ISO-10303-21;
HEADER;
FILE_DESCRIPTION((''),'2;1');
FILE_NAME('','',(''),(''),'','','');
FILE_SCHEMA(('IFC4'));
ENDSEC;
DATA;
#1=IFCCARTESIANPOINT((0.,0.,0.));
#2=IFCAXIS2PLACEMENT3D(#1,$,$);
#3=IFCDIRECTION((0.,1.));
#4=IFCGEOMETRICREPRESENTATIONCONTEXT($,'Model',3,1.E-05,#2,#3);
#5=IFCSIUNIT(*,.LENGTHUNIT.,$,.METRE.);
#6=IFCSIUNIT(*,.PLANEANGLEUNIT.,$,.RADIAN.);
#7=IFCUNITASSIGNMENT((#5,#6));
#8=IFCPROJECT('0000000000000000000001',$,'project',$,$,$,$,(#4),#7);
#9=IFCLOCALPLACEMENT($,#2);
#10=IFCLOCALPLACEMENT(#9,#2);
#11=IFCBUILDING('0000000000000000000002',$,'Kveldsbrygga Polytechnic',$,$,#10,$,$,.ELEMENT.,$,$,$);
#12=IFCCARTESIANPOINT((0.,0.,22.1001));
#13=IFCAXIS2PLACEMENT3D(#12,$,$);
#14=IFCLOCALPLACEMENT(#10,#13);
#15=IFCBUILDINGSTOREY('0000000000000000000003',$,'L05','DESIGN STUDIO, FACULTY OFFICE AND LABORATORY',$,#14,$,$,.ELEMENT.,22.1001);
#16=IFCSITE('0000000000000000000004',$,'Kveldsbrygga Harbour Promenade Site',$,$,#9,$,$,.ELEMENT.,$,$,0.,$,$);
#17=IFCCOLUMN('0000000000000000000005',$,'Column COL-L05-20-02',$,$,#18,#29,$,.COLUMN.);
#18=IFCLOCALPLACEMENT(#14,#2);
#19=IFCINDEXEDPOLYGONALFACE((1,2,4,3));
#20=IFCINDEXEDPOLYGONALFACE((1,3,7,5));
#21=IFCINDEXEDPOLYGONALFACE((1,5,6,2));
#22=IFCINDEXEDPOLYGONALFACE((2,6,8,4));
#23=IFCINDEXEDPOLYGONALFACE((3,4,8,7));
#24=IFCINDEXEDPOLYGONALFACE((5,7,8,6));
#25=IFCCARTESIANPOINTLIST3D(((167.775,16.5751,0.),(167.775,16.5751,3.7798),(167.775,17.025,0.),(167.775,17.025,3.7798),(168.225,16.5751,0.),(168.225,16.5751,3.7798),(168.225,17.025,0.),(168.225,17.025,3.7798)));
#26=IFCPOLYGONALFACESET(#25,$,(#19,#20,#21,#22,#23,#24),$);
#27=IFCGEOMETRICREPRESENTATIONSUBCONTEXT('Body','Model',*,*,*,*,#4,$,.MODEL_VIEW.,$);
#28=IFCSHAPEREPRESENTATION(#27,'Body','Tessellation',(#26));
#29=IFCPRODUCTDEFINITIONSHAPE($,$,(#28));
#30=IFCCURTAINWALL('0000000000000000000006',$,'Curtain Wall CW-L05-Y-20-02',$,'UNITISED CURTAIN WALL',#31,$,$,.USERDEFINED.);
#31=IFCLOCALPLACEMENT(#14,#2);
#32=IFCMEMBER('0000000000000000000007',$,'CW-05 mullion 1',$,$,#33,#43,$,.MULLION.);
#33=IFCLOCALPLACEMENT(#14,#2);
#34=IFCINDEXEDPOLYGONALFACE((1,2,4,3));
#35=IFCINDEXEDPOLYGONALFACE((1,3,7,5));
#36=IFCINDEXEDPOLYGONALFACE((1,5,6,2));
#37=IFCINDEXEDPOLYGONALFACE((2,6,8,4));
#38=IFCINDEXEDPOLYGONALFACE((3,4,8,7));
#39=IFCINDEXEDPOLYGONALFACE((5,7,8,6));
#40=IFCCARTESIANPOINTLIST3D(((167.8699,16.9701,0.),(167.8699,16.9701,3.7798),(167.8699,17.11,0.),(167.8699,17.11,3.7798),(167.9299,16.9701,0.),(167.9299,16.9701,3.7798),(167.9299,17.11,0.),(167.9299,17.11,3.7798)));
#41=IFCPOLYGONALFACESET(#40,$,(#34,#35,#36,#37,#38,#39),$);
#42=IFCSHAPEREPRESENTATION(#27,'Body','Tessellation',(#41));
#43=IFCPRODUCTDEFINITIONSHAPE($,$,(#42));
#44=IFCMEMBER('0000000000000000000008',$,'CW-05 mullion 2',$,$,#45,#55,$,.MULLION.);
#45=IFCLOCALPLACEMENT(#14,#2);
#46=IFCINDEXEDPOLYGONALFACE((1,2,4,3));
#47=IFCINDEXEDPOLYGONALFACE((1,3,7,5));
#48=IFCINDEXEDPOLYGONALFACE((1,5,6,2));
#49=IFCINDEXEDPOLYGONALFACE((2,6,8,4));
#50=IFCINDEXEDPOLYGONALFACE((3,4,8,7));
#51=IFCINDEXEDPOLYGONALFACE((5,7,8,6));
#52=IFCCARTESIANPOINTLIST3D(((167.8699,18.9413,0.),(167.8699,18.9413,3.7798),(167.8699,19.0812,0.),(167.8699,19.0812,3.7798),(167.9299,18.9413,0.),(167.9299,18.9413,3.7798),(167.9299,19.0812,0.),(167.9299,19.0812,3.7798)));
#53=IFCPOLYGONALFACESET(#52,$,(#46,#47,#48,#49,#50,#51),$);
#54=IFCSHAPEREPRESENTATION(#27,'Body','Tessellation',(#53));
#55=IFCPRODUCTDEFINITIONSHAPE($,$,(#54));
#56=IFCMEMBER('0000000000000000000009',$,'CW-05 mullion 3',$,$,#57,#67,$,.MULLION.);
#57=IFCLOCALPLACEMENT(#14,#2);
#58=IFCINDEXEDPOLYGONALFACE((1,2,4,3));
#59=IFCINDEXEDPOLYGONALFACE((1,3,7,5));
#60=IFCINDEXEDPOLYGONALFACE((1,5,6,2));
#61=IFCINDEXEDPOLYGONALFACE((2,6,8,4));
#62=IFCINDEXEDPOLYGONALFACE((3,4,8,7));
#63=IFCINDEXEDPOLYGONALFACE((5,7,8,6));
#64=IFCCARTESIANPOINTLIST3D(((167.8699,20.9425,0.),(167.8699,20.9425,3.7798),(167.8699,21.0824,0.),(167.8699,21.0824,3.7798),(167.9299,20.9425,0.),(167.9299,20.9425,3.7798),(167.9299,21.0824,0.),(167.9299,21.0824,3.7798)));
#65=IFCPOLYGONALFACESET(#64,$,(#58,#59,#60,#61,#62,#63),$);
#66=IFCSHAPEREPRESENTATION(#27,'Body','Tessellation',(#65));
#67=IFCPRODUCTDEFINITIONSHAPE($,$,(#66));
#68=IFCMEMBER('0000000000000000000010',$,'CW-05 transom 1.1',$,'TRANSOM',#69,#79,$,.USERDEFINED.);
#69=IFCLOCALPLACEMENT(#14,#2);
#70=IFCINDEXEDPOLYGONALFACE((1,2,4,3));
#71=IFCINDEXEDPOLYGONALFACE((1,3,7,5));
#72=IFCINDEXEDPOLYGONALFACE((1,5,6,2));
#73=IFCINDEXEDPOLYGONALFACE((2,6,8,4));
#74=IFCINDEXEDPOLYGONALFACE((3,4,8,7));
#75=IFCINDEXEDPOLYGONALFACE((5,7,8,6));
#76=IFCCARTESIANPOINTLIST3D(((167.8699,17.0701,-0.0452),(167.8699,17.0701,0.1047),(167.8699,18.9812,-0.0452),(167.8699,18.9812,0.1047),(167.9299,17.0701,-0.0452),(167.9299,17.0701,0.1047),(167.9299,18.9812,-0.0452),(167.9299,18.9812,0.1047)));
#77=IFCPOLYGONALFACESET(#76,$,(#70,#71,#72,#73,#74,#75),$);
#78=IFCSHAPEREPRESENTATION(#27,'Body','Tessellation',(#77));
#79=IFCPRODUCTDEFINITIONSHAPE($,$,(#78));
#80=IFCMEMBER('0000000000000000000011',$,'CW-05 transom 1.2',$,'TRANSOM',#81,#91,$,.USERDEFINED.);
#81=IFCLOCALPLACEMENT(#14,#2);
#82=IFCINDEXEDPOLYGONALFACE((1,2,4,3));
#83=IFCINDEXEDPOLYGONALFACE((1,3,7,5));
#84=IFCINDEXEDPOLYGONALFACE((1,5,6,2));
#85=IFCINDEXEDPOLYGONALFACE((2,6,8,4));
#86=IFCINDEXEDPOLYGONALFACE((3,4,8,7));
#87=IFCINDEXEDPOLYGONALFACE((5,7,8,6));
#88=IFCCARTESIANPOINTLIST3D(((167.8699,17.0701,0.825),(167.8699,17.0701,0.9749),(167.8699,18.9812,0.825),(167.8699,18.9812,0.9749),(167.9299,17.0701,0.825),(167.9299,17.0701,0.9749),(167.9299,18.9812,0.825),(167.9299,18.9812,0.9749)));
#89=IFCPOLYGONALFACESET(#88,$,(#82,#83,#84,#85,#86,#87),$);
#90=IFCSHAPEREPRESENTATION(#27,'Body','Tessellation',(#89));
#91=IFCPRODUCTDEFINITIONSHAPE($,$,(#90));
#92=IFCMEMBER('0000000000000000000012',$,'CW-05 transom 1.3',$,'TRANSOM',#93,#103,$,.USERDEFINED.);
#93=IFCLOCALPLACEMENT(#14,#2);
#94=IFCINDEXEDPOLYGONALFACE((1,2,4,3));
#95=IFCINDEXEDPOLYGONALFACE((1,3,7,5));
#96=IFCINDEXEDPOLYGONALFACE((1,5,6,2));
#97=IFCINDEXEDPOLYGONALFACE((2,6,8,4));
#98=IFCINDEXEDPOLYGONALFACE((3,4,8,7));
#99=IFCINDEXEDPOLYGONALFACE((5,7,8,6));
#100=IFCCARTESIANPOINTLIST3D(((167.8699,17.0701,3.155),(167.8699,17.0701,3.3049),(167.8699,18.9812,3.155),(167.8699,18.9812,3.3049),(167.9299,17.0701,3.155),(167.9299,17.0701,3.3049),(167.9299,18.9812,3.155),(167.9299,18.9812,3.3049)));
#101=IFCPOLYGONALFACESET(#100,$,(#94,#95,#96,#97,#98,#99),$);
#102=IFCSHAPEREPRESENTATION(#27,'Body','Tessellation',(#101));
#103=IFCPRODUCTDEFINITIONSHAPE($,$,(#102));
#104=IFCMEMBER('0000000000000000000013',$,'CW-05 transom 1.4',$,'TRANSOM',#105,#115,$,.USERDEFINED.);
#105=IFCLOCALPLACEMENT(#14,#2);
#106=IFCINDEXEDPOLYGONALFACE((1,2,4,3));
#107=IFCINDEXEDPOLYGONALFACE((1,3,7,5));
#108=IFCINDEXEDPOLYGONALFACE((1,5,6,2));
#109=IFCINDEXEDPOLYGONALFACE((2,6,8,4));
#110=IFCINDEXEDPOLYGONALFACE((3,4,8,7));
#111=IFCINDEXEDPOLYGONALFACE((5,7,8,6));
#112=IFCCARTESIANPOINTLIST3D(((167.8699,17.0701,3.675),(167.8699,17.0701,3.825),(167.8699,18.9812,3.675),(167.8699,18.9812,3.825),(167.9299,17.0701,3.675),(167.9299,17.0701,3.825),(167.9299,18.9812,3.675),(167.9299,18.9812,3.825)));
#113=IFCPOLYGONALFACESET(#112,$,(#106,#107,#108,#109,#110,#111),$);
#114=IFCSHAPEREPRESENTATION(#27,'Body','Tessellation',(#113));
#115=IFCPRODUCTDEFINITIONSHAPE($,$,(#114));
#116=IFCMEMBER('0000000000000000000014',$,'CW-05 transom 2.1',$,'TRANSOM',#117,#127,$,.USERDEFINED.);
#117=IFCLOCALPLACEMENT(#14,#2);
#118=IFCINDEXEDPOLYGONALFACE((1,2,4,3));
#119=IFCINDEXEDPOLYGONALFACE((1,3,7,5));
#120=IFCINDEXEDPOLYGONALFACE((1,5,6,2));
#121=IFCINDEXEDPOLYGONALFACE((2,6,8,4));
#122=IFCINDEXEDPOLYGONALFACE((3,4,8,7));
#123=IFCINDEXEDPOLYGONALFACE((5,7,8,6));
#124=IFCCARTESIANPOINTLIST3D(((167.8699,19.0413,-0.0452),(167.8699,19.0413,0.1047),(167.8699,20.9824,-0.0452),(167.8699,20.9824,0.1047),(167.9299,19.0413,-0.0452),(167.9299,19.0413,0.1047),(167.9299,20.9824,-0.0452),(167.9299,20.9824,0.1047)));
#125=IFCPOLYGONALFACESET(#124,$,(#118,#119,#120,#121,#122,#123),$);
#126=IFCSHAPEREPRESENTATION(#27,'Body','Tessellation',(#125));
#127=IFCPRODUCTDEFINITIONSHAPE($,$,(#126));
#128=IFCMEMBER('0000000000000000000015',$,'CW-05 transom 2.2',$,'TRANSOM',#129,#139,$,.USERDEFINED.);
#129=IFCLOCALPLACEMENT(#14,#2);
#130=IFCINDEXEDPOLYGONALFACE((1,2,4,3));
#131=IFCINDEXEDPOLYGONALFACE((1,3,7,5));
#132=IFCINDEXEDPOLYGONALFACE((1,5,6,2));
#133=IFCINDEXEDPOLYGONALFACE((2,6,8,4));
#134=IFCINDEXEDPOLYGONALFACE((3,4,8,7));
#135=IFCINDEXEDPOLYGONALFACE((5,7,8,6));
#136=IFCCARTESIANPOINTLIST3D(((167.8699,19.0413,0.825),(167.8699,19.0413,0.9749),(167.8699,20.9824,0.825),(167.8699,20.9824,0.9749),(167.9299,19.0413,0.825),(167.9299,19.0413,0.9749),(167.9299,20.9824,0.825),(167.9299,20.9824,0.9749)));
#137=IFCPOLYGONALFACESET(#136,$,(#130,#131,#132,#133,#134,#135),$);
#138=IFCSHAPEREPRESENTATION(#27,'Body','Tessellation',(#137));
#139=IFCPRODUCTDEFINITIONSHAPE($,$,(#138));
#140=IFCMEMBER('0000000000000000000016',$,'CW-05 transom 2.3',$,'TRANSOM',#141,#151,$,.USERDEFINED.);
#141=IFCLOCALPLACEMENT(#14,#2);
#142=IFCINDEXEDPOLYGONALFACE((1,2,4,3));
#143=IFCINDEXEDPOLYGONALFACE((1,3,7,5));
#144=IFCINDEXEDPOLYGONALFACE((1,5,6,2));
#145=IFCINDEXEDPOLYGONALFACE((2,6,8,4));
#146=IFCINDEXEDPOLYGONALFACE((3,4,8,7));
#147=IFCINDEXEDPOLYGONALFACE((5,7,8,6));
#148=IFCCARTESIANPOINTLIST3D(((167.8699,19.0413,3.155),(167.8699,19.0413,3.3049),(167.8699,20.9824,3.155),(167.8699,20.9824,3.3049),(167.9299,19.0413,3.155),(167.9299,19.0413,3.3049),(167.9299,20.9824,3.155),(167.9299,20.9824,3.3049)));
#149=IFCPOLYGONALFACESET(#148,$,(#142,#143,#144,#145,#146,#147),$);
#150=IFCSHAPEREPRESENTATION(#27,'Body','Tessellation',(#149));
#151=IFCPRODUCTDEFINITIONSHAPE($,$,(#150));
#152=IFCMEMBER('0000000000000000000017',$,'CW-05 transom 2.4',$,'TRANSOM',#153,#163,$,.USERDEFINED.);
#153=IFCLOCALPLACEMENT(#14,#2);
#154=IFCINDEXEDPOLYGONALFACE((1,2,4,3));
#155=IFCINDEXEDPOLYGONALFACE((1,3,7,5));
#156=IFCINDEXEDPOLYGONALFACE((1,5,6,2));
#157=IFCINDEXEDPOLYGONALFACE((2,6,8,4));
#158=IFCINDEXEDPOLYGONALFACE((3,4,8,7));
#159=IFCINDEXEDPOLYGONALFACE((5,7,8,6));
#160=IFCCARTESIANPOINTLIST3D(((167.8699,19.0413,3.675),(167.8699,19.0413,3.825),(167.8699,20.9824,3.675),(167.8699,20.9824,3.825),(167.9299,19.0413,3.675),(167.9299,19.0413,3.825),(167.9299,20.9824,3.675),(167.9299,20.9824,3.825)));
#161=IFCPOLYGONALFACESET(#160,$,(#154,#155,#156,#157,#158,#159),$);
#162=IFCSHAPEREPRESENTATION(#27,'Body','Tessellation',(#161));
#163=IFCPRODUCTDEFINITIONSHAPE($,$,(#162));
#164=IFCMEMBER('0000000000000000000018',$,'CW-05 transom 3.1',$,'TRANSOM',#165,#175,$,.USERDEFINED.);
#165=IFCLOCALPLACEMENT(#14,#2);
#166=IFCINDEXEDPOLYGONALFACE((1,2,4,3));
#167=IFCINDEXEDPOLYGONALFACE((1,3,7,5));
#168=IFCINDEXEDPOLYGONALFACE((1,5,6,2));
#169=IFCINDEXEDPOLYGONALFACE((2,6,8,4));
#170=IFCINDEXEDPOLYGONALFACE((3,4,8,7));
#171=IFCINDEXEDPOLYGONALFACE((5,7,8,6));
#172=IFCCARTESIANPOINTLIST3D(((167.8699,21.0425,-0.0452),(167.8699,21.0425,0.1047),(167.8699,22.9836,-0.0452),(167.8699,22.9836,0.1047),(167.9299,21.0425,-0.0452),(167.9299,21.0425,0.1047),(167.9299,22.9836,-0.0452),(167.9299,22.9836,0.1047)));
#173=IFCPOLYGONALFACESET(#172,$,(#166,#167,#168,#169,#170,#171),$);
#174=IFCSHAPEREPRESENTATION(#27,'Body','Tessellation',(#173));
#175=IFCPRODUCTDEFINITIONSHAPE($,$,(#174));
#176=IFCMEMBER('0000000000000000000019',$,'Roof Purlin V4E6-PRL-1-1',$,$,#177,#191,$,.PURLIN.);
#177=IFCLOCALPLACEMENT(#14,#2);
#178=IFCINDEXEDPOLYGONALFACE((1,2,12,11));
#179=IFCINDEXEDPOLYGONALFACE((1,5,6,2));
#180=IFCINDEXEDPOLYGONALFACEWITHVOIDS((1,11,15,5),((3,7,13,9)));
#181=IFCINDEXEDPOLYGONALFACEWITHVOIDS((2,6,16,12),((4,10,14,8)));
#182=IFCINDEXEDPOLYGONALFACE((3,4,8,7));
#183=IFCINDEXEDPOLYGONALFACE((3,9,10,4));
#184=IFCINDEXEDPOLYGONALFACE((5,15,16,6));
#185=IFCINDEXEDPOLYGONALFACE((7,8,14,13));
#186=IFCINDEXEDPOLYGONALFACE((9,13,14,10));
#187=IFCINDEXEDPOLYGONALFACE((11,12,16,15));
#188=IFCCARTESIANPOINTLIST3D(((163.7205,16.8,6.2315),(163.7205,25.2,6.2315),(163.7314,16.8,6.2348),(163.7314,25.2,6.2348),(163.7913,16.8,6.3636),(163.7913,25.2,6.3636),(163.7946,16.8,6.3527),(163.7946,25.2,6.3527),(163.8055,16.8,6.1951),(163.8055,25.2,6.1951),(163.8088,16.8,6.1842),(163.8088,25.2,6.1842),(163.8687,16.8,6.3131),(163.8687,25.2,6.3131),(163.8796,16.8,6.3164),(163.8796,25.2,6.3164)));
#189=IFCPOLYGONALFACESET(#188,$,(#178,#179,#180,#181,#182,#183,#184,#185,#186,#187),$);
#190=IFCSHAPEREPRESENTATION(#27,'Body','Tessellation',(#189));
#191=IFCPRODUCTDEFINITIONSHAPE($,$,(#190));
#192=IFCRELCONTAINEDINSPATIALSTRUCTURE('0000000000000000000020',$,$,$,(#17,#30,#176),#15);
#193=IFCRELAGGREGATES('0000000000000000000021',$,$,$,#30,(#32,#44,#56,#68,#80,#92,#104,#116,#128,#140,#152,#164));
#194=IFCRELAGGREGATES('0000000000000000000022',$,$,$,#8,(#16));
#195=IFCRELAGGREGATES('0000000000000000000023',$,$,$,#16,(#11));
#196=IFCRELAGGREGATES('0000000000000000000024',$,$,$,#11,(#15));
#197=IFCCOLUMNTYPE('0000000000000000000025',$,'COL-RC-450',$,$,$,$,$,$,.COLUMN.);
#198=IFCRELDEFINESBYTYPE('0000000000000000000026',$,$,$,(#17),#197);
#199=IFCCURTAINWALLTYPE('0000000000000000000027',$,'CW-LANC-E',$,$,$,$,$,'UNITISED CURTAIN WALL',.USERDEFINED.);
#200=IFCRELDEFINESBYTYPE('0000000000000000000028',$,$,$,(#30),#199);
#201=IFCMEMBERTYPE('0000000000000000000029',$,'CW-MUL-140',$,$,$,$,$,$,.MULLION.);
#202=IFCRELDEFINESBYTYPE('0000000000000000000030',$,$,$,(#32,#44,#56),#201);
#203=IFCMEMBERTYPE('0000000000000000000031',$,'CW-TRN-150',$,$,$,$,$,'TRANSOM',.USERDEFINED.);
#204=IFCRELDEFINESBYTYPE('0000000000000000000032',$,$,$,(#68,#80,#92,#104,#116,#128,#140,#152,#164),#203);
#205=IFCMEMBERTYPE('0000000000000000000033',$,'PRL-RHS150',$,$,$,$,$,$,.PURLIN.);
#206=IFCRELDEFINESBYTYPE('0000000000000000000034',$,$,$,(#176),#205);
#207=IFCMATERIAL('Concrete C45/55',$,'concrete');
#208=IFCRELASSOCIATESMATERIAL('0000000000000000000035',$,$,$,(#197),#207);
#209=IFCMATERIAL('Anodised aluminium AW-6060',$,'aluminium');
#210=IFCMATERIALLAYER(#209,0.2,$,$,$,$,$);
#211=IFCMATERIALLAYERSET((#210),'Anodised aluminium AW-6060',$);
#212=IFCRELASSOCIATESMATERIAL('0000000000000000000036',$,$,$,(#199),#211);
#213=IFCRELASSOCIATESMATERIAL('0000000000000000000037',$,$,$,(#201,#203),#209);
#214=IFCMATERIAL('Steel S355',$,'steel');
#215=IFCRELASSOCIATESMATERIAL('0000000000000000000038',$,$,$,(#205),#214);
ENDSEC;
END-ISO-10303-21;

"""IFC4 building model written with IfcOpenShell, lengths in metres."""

from ifc_helpers import new_model, si_unit, direction, frame, origin, origin_2d, place, context, subcontext, project, spatial, rectangle, hollow_rectangle, extrude, material, layer, layer_set, material_profile, profile_set, type_object, element, aggregate, save


model = new_model("IFC4")

# Units and contexts
model_context = context("Model", 3, precision=1e-05, world=origin(), true_north=direction((0.0, 1.0)))
body_context = subcontext(model_context, "Body", "Model", "MODEL_VIEW")
ifc_project = project(units=[si_unit("LENGTHUNIT", "METRE"), si_unit("PLANEANGLEUNIT", "RADIAN")], contexts=[model_context])

# Site, building, storey
site_placement = place(None, origin())
site = spatial("IfcSite", under=ifc_project, at=site_placement, Name="Kveldsbrygga Harbour Promenade Site", CompositionType="ELEMENT", RefElevation=0.0)
building_placement = place(site_placement, origin())
building = spatial("IfcBuilding", under=site, at=building_placement, Name="Kveldsbrygga Polytechnic", CompositionType="ELEMENT")
storey_placement = place(building_placement, frame((0.0, 0.0, 22.1001)))
storey = spatial("IfcBuildingStorey", under=building, at=storey_placement, Name="L05", Description="DESIGN STUDIO, FACULTY OFFICE AND LABORATORY", CompositionType="ELEMENT", Elevation=22.1001)

# Column
ifc_material_1 = material(Name="Concrete C45/55", Category="concrete")
ifc_material_profile_1 = material_profile(ifc_material_1, rectangle(XDim=0.45, YDim=0.45, at=origin_2d()), Name="RC 450x450")
ifc_profile_set_1 = profile_set([ifc_material_profile_1], Name="Concrete C45/55")
column_type = type_object("IfcColumnType", Name="COL-RC-450", PredefinedType="COLUMN", material=ifc_profile_set_1)
column_placement = place(storey_placement, frame((168.0, 16.8, 0.0), z_axis=(0.0, 0.0, 1.0), x_axis=(1.0, 0.0, 0.0)))
element("IfcColumn", 1, at=column_placement, inside=storey, type_object=column_type, Name="Column COL-L05-20-02", PredefinedType="COLUMN", context=body_context, shape_type="SweptSolid", body=[
    extrude(rectangle(XDim=0.45, YDim=0.45, at=origin_2d()), origin(), (0.0, 0.0, 1.0), 3.7798),
])

# Curtain wall, members
ifc_material_2 = material(Name="Anodised aluminium AW-6060", Category="aluminium")
ifc_layer_1 = layer(ifc_material_2, 0.2)
ifc_layer_set_1 = layer_set([ifc_layer_1], Name="Anodised aluminium AW-6060")
curtain_wall_type = type_object("IfcCurtainWallType", Name="CW-LANC-E", ElementType="UNITISED CURTAIN WALL", PredefinedType="USERDEFINED", material=ifc_layer_set_1)
curtain_wall_placement = place(storey_placement, origin())
curtain_wall = element("IfcCurtainWall", 2, at=curtain_wall_placement, inside=storey, type_object=curtain_wall_type, Name="Curtain Wall CW-L05-Y-20-02", ObjectType="UNITISED CURTAIN WALL", PredefinedType="USERDEFINED")
ifc_material_profile_2 = material_profile(ifc_material_2, rectangle(XDim=0.0601, YDim=0.1399, at=origin_2d()), Name="ALU 60x140")
ifc_profile_set_2 = profile_set([ifc_material_profile_2], Name="Anodised aluminium AW-6060")
member_type_1 = type_object("IfcMemberType", Name="CW-MUL-140", PredefinedType="MULLION", material=ifc_profile_set_2)
member_1_placement = place(storey_placement, frame((167.8999, 17.04, 0.0), z_axis=(0.0, 0.0, 1.0), x_axis=(-1.0, 0.0, 0.0)))
member_1 = element("IfcMember", 3, at=member_1_placement, type_object=member_type_1, Name="CW-05 mullion 1", PredefinedType="MULLION", context=body_context, shape_type="SweptSolid", body=[
    extrude(rectangle(XDim=0.0601, YDim=0.1399, at=origin_2d()), origin(), (0.0, 0.0, 1.0), 3.7798),
])
member_2_placement = place(storey_placement, frame((167.8999, 19.0112, 0.0), z_axis=(0.0, 0.0, 1.0), x_axis=(-1.0, 0.0, 0.0)))
member_2 = element("IfcMember", 4, at=member_2_placement, type_object=member_type_1, Name="CW-05 mullion 2", PredefinedType="MULLION", context=body_context, shape_type="SweptSolid", body=[
    extrude(rectangle(XDim=0.0601, YDim=0.1399, at=origin_2d()), origin(), (0.0, 0.0, 1.0), 3.7798),
])
member_3_placement = place(storey_placement, frame((167.8999, 21.0125, 0.0), z_axis=(0.0, 0.0, 1.0), x_axis=(-1.0, 0.0, 0.0)))
member_3 = element("IfcMember", 5, at=member_3_placement, type_object=member_type_1, Name="CW-05 mullion 3", PredefinedType="MULLION", context=body_context, shape_type="SweptSolid", body=[
    extrude(rectangle(XDim=0.0601, YDim=0.1399, at=origin_2d()), origin(), (0.0, 0.0, 1.0), 3.7798),
])
ifc_material_profile_3 = material_profile(ifc_material_2, rectangle(XDim=0.0601, YDim=0.1499, at=origin_2d()), Name="ALU 60x150")
ifc_profile_set_3 = profile_set([ifc_material_profile_3], Name="Anodised aluminium AW-6060")
member_type_2 = type_object("IfcMemberType", Name="CW-TRN-150", ElementType="TRANSOM", PredefinedType="USERDEFINED", material=ifc_profile_set_3)
member_4_placement = place(storey_placement, frame((167.8999, 17.0701, 0.0298), z_axis=(0.0, 1.0, 0.0), x_axis=(-1.0, 0.0, 0.0)))
member_4 = element("IfcMember", 6, at=member_4_placement, type_object=member_type_2, Name="CW-05 transom 1.1", ObjectType="TRANSOM", PredefinedType="USERDEFINED", context=body_context, shape_type="SweptSolid", body=[
    extrude(rectangle(XDim=0.0601, YDim=0.1499, at=origin_2d()), origin(), (0.0, 0.0, 1.0), 1.9111),
])
member_5_placement = place(storey_placement, frame((167.8999, 17.0701, 0.8999), z_axis=(0.0, 1.0, 0.0), x_axis=(-1.0, 0.0, 0.0)))
member_5 = element("IfcMember", 7, at=member_5_placement, type_object=member_type_2, Name="CW-05 transom 1.2", ObjectType="TRANSOM", PredefinedType="USERDEFINED", context=body_context, shape_type="SweptSolid", body=[
    extrude(rectangle(XDim=0.0601, YDim=0.1499, at=origin_2d()), origin(), (0.0, 0.0, 1.0), 1.9111),
])
member_6_placement = place(storey_placement, frame((167.8999, 17.0701, 3.23), z_axis=(0.0, 1.0, 0.0), x_axis=(-1.0, 0.0, 0.0)))
member_6 = element("IfcMember", 8, at=member_6_placement, type_object=member_type_2, Name="CW-05 transom 1.3", ObjectType="TRANSOM", PredefinedType="USERDEFINED", context=body_context, shape_type="SweptSolid", body=[
    extrude(rectangle(XDim=0.0601, YDim=0.1499, at=origin_2d()), origin(), (0.0, 0.0, 1.0), 1.9111),
])
member_7_placement = place(storey_placement, frame((167.8999, 17.0701, 3.75), z_axis=(0.0, 1.0, 0.0), x_axis=(-1.0, 0.0, 0.0)))
member_7 = element("IfcMember", 9, at=member_7_placement, type_object=member_type_2, Name="CW-05 transom 1.4", ObjectType="TRANSOM", PredefinedType="USERDEFINED", context=body_context, shape_type="SweptSolid", body=[
    extrude(rectangle(XDim=0.0601, YDim=0.1499, at=origin_2d()), origin(), (0.0, 0.0, 1.0), 1.9111),
])
member_8_placement = place(storey_placement, frame((167.8999, 19.0413, 0.0298), z_axis=(0.0, 1.0, 0.0), x_axis=(-1.0, 0.0, 0.0)))
member_8 = element("IfcMember", 10, at=member_8_placement, type_object=member_type_2, Name="CW-05 transom 2.1", ObjectType="TRANSOM", PredefinedType="USERDEFINED", context=body_context, shape_type="SweptSolid", body=[
    extrude(rectangle(XDim=0.0601, YDim=0.1499, at=origin_2d()), origin(), (0.0, 0.0, 1.0), 1.9412),
])
member_9_placement = place(storey_placement, frame((167.8999, 19.0413, 0.8999), z_axis=(0.0, 1.0, 0.0), x_axis=(-1.0, 0.0, 0.0)))
member_9 = element("IfcMember", 11, at=member_9_placement, type_object=member_type_2, Name="CW-05 transom 2.2", ObjectType="TRANSOM", PredefinedType="USERDEFINED", context=body_context, shape_type="SweptSolid", body=[
    extrude(rectangle(XDim=0.0601, YDim=0.1499, at=origin_2d()), origin(), (0.0, 0.0, 1.0), 1.9412),
])
member_10_placement = place(storey_placement, frame((167.8999, 19.0413, 3.23), z_axis=(0.0, 1.0, 0.0), x_axis=(-1.0, 0.0, 0.0)))
member_10 = element("IfcMember", 12, at=member_10_placement, type_object=member_type_2, Name="CW-05 transom 2.3", ObjectType="TRANSOM", PredefinedType="USERDEFINED", context=body_context, shape_type="SweptSolid", body=[
    extrude(rectangle(XDim=0.0601, YDim=0.1499, at=origin_2d()), origin(), (0.0, 0.0, 1.0), 1.9412),
])
member_11_placement = place(storey_placement, frame((167.8999, 19.0413, 3.75), z_axis=(0.0, 1.0, 0.0), x_axis=(-1.0, 0.0, 0.0)))
member_11 = element("IfcMember", 13, at=member_11_placement, type_object=member_type_2, Name="CW-05 transom 2.4", ObjectType="TRANSOM", PredefinedType="USERDEFINED", context=body_context, shape_type="SweptSolid", body=[
    extrude(rectangle(XDim=0.0601, YDim=0.1499, at=origin_2d()), origin(), (0.0, 0.0, 1.0), 1.9412),
])
member_12_placement = place(storey_placement, frame((167.8999, 21.0425, 0.0298), z_axis=(0.0, 1.0, 0.0), x_axis=(-1.0, 0.0, 0.0)))
member_12 = element("IfcMember", 14, at=member_12_placement, type_object=member_type_2, Name="CW-05 transom 3.1", ObjectType="TRANSOM", PredefinedType="USERDEFINED", context=body_context, shape_type="SweptSolid", body=[
    extrude(rectangle(XDim=0.0601, YDim=0.1499, at=origin_2d()), origin(), (0.0, 0.0, 1.0), 1.9412),
])

# Member
ifc_material_3 = material(Name="Steel S355", Category="steel")
ifc_material_profile_4 = material_profile(ifc_material_3, hollow_rectangle(XDim=0.1001, YDim=0.1499, WallThickness=0.0081, at=origin_2d()), Name="RHS 150x100x8.0")
ifc_profile_set_4 = profile_set([ifc_material_profile_4], Name="Steel S355")
member_type_3 = type_object("IfcMemberType", Name="PRL-RHS150", PredefinedType="PURLIN", material=ifc_profile_set_4)
member_13_placement = place(storey_placement, frame((163.8, 16.8, 6.2739), z_axis=(0.0, 1.0, 0.0), x_axis=(-0.88148, 0.0, 0.472222)))
element("IfcMember", 15, at=member_13_placement, inside=storey, type_object=member_type_3, Name="Roof Purlin V4E6-PRL-1-1", PredefinedType="PURLIN", context=body_context, shape_type="SweptSolid", body=[
    extrude(hollow_rectangle(XDim=0.1001, YDim=0.1499, WallThickness=0.0081, at=origin_2d()), origin(), (0.0, 0.0, 1.0), 8.3999),
])

aggregate(curtain_wall, [member_1, member_2, member_3, member_4, member_5, member_6, member_7, member_8, member_9, member_10, member_11, member_12])

save(model, "model.ifc")
